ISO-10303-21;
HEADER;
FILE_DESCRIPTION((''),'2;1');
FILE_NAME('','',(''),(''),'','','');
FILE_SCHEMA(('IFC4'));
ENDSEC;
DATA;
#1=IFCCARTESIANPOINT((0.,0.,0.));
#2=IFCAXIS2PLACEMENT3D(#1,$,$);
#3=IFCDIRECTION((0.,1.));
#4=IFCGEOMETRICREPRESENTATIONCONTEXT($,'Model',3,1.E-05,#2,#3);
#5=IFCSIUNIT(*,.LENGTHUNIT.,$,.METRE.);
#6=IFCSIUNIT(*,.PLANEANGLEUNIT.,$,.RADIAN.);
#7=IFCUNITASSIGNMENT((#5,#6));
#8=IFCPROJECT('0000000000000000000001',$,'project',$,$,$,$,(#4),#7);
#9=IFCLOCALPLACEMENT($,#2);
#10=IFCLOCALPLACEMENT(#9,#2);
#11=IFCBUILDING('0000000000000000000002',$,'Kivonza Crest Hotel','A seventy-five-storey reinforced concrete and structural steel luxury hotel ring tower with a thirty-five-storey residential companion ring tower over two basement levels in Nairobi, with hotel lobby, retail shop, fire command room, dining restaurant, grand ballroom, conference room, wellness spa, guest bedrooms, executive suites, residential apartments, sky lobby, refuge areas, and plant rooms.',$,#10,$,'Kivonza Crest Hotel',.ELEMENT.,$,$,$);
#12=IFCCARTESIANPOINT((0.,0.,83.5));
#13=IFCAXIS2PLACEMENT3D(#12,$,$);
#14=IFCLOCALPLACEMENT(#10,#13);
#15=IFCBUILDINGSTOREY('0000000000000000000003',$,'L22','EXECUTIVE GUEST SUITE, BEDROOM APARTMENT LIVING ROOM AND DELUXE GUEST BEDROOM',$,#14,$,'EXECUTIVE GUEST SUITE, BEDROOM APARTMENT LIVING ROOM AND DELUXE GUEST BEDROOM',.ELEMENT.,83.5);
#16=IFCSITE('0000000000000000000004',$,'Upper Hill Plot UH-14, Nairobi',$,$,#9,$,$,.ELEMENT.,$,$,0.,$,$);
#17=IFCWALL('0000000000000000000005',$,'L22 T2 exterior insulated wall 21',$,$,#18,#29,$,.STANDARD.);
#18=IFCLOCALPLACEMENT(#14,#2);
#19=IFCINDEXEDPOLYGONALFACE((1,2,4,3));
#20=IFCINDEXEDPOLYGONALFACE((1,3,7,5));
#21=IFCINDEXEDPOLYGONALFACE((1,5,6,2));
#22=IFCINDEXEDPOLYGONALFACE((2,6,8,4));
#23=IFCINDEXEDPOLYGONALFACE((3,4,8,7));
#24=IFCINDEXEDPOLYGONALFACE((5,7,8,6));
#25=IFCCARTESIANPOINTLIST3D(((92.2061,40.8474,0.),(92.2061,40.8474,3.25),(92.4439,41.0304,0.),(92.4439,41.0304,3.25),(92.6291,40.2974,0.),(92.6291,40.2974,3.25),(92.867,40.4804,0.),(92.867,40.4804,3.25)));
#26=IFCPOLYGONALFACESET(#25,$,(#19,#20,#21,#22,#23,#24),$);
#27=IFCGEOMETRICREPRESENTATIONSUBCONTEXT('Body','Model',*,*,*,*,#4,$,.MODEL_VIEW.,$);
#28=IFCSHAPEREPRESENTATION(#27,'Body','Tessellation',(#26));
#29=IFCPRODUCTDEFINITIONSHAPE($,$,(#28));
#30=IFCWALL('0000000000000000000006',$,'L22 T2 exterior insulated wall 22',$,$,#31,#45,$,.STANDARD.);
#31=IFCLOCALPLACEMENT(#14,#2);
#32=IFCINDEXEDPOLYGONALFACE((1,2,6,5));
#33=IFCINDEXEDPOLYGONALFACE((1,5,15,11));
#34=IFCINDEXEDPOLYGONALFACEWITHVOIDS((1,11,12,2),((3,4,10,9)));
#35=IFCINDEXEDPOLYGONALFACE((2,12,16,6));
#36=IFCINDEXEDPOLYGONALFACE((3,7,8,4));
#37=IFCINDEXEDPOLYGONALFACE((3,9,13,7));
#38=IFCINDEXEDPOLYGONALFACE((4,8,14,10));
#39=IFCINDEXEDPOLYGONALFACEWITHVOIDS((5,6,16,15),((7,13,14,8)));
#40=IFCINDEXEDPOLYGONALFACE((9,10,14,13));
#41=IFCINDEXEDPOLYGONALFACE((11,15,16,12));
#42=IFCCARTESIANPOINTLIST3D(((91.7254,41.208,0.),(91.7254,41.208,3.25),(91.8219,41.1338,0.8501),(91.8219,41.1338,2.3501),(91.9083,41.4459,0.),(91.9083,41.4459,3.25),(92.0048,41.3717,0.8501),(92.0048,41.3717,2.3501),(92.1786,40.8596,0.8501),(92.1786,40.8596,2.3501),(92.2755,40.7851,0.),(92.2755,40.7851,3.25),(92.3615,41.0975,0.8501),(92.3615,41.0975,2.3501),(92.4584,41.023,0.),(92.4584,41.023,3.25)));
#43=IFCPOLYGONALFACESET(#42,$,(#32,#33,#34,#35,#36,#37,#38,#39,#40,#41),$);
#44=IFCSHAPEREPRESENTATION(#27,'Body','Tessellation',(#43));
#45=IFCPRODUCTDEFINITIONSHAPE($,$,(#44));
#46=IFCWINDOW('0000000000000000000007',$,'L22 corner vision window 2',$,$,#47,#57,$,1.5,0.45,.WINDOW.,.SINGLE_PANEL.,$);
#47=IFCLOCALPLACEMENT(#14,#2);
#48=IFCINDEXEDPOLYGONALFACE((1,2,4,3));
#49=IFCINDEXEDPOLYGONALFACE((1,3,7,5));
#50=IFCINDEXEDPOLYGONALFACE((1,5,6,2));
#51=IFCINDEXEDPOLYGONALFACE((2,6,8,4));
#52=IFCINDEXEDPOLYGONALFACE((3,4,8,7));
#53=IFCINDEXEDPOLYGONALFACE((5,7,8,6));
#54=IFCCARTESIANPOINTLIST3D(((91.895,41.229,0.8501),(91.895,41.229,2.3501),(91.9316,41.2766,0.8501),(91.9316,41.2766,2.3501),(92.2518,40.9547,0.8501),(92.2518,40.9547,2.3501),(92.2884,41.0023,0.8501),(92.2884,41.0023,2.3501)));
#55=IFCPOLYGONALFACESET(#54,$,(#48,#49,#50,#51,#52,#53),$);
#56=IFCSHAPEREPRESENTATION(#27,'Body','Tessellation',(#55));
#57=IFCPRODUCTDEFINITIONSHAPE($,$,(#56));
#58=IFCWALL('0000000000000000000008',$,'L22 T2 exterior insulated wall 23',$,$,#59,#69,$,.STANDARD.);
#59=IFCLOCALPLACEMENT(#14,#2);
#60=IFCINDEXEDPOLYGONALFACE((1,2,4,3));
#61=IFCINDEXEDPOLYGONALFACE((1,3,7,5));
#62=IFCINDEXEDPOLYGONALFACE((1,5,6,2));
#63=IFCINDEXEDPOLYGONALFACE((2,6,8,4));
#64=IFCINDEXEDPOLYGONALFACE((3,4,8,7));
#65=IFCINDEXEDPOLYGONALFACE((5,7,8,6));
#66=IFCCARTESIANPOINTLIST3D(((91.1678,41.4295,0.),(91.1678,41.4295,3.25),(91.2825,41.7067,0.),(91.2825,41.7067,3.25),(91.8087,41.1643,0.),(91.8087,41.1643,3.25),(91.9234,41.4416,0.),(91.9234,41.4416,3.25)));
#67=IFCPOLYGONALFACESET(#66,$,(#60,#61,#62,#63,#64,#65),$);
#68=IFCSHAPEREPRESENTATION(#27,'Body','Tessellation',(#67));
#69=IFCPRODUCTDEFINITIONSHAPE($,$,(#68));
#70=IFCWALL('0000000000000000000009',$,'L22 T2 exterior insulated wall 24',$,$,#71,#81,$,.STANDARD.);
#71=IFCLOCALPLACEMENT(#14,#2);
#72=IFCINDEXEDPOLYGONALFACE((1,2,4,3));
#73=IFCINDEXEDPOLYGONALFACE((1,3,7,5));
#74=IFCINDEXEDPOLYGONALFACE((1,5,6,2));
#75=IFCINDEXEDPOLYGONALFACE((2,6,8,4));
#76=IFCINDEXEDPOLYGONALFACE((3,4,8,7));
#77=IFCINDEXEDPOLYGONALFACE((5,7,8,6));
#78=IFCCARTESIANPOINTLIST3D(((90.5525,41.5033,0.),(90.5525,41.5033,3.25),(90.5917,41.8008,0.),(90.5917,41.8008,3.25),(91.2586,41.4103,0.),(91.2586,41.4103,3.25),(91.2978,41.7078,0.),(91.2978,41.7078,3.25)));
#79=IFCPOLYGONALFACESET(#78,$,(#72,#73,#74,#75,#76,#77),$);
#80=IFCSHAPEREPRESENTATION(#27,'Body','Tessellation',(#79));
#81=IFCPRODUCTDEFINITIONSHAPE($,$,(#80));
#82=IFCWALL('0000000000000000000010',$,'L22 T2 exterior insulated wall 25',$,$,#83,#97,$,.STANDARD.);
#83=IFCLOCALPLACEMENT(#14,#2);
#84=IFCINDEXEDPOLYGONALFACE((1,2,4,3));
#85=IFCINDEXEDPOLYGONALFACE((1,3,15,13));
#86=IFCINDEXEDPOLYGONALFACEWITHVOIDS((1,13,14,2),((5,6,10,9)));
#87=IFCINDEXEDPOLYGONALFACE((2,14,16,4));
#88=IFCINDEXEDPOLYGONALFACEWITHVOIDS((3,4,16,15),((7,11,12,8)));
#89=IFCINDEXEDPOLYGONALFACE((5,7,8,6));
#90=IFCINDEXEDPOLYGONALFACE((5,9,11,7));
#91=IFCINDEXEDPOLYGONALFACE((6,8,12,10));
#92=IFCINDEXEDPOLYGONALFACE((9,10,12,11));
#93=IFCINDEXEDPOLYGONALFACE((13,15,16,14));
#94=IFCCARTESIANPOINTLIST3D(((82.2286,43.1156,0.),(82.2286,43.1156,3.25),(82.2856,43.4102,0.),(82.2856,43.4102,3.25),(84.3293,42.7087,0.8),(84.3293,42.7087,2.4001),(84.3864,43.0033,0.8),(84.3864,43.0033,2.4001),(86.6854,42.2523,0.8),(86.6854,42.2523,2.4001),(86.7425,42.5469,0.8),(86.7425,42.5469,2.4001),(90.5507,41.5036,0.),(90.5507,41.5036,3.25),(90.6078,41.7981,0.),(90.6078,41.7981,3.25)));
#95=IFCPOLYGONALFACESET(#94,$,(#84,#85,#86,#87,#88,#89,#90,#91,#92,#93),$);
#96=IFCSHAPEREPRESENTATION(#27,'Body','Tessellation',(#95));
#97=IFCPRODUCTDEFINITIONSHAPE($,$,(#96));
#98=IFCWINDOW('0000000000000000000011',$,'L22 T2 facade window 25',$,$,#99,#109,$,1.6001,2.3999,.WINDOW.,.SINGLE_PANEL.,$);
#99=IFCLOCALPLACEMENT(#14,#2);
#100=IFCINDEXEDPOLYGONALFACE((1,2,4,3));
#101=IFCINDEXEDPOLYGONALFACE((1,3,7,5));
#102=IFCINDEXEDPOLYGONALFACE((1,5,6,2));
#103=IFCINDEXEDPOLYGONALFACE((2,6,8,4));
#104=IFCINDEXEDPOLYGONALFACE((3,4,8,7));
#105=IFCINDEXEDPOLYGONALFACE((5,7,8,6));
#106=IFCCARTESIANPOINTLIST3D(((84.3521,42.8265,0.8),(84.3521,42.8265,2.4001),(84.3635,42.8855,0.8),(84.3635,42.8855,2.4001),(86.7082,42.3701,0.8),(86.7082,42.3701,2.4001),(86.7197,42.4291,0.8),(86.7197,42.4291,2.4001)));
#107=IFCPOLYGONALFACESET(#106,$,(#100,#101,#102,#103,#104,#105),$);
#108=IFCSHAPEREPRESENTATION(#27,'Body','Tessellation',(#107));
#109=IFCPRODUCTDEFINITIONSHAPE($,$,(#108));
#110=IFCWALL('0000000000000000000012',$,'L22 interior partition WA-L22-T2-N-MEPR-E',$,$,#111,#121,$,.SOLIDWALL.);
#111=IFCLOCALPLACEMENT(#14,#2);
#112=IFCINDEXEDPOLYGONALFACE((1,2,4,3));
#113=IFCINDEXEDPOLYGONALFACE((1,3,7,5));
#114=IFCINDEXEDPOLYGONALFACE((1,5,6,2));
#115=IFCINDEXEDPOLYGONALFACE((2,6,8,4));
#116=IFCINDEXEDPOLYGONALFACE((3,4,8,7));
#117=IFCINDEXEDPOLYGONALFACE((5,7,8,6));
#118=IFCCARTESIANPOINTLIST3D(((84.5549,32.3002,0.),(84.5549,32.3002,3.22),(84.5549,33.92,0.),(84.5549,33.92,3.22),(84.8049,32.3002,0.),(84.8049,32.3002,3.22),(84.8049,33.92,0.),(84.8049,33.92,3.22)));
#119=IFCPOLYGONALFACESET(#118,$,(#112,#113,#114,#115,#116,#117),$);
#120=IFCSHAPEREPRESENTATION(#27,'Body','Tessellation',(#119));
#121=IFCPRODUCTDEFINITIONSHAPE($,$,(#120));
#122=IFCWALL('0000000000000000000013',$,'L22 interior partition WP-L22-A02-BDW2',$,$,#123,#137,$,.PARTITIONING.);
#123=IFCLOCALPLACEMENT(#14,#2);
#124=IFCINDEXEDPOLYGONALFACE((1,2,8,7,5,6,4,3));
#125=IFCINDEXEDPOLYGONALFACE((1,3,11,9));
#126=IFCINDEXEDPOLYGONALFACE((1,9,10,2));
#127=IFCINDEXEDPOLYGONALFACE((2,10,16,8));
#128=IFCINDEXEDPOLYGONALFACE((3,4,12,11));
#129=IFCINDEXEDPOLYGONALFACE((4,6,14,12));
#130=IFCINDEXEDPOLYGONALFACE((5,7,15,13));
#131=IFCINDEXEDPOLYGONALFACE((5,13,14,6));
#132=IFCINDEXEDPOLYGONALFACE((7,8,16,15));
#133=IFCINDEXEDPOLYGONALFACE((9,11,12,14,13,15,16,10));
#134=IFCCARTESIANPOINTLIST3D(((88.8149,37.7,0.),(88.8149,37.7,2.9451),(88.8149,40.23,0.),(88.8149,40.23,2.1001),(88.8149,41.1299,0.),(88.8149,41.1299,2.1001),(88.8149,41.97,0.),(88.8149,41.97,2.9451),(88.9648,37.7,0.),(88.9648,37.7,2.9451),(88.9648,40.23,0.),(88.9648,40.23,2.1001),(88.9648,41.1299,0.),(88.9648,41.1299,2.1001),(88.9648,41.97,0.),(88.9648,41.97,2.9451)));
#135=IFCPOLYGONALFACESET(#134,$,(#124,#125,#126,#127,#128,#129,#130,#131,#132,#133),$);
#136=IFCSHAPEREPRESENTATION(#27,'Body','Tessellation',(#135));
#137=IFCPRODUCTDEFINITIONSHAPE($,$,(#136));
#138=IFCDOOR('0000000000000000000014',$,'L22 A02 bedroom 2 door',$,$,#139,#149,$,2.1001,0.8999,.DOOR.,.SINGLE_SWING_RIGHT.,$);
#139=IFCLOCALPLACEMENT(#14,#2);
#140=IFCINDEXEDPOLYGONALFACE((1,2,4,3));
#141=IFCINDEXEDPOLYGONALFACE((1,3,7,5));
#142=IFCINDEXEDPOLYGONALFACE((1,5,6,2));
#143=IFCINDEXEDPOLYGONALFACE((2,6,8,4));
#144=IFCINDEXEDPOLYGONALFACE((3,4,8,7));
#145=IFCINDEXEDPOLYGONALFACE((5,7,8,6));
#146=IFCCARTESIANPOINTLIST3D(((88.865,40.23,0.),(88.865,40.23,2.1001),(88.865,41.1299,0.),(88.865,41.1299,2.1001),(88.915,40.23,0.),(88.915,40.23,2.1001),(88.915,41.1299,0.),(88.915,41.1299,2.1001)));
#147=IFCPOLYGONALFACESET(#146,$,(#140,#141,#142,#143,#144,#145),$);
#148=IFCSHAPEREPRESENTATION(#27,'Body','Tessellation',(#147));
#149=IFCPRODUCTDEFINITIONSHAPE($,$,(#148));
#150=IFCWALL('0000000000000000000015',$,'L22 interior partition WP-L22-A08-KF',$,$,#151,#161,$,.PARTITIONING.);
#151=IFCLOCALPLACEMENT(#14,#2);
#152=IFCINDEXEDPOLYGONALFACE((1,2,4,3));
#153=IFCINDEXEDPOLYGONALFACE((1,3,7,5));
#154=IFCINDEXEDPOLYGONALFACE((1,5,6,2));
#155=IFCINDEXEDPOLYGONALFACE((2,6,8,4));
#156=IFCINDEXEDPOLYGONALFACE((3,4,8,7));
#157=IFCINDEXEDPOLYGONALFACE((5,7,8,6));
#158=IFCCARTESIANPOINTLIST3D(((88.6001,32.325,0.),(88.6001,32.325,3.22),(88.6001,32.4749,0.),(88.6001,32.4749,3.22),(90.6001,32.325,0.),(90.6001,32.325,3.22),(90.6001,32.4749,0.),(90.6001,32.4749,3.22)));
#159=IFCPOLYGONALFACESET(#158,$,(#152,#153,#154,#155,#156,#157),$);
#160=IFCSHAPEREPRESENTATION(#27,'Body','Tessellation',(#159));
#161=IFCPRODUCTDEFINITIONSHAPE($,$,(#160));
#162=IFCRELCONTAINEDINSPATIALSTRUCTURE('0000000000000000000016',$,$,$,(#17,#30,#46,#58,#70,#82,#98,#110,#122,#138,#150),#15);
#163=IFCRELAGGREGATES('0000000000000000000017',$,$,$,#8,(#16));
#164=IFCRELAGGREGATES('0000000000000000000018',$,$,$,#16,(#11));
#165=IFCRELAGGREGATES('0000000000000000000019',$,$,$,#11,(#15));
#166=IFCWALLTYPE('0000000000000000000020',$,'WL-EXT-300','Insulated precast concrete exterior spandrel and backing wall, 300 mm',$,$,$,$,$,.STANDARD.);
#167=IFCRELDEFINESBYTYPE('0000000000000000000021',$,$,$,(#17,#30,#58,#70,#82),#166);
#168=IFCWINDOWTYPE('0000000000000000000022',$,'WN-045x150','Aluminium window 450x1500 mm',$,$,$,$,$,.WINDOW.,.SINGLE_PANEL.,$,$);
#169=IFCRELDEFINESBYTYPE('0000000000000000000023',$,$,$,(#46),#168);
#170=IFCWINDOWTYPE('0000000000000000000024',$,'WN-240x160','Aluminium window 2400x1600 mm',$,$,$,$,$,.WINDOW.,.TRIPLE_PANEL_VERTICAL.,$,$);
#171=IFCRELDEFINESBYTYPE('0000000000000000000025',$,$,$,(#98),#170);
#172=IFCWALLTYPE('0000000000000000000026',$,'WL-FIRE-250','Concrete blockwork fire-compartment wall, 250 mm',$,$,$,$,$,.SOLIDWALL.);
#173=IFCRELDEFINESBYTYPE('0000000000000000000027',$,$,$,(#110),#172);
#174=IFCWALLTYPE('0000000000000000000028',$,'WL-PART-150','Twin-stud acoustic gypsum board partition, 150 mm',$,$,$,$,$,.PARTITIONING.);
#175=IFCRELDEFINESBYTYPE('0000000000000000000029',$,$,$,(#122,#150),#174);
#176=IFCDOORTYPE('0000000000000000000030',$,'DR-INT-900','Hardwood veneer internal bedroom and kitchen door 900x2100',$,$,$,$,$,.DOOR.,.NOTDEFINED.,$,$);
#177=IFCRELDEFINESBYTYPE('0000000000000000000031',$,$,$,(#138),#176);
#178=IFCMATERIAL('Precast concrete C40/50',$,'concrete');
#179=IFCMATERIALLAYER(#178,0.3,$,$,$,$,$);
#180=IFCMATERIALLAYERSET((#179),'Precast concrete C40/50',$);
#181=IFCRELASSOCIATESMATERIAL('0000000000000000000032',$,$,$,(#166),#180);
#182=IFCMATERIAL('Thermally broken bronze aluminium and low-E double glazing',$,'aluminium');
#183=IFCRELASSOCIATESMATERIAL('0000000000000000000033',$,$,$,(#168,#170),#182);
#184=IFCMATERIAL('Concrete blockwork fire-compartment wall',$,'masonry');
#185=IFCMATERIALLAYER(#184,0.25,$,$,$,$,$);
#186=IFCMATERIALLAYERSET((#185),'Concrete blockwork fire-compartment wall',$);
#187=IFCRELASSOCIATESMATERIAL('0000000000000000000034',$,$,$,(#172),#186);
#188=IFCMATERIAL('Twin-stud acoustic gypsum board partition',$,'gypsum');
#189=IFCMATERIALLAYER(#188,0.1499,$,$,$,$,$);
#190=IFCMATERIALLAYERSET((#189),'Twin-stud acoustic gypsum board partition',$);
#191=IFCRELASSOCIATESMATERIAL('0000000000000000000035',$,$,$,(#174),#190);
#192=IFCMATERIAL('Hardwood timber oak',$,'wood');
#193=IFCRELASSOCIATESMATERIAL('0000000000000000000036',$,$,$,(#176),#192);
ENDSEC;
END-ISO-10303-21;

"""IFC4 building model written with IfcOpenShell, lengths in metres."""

from ifc_helpers import new_model, si_unit, direction, frame, frame_2d, origin, place, context, subcontext, project, spatial, rectangle, extrude, material, layer, layer_set, type_object, element, fill, save


model = new_model("IFC4")

# Units and contexts
model_context = context("Model", 3, precision=1e-05, world=origin(), true_north=direction((0.0, 1.0)))
body_context = subcontext(model_context, "Body", "Model", "MODEL_VIEW")
ifc_project = project(units=[si_unit("LENGTHUNIT", "METRE"), si_unit("PLANEANGLEUNIT", "RADIAN")], contexts=[model_context])

# Site, building, storey
site_placement = place(None, origin())
site = spatial("IfcSite", under=ifc_project, at=site_placement, Name="Upper Hill Plot UH-14, Nairobi", CompositionType="ELEMENT", RefElevation=0.0)
building_placement = place(site_placement, origin())
building = spatial("IfcBuilding", under=site, at=building_placement, Name="Kivonza Crest Hotel", Description="A seventy-five-storey reinforced concrete and structural steel luxury hotel ring tower with a thirty-five-storey residential companion ring tower over two basement levels in Nairobi, with hotel lobby, retail shop, fire command room, dining restaurant, grand ballroom, conference room, wellness spa, guest bedrooms, executive suites, residential apartments, sky lobby, refuge areas, and plant rooms.", LongName="Kivonza Crest Hotel", CompositionType="ELEMENT")
storey_placement = place(building_placement, frame((0.0, 0.0, 83.5)))
storey = spatial("IfcBuildingStorey", under=building, at=storey_placement, Name="L22", Description="EXECUTIVE GUEST SUITE, BEDROOM APARTMENT LIVING ROOM AND DELUXE GUEST BEDROOM", LongName="EXECUTIVE GUEST SUITE, BEDROOM APARTMENT LIVING ROOM AND DELUXE GUEST BEDROOM", CompositionType="ELEMENT", Elevation=83.5)

# Shared definitions
ifc_material_1 = material(Name="Hardwood timber oak", Category="wood")

# Wall
ifc_material_2 = material(Name="Precast concrete C40/50", Category="concrete")
ifc_layer_1 = layer(ifc_material_2, 0.3)
ifc_layer_set_1 = layer_set([ifc_layer_1], Name="Precast concrete C40/50")
wall_type_1 = type_object("IfcWallType", Name="WL-EXT-300", Description="Insulated precast concrete exterior spandrel and backing wall, 300 mm", PredefinedType="STANDARD", material=ifc_layer_set_1)
wall_1_placement = place(storey_placement, frame((92.748, 40.3889, 0.0), z_axis=(0.0, 0.0, 1.0), x_axis=(-0.609694, 0.792637, 0.0)))
element("IfcWall", 1, at=wall_1_placement, inside=storey, type_object=wall_type_1, Name="L22 T2 exterior insulated wall 21", PredefinedType="STANDARD", context=body_context, shape_type="SweptSolid", body=[
    extrude(rectangle(XDim=0.6938, YDim=0.3, at=frame_2d((0.3469, 0.0))), origin(), (0.0, 0.0, 1.0), 3.25),
])

# Wall, opening, window
wall_2_placement = place(storey_placement, frame((92.3669, 40.9041, 0.0), z_axis=(0.0, 0.0, 1.0), x_axis=(-0.792807, 0.609473, 0.0)))
wall_2 = element("IfcWall", 2, at=wall_2_placement, inside=storey, type_object=wall_type_1, Name="L22 T2 exterior insulated wall 22", PredefinedType="STANDARD", context=body_context, shape_type="SweptSolid", body=[
    extrude(rectangle(XDim=0.6938, YDim=0.3, at=frame_2d((0.3469, 0.0))), origin(), (0.0, 0.0, 1.0), 3.25),
])
opening_1_placement = place(wall_2_placement, frame((0.1221, 0.0, 0.8501)))
opening_1 = element("IfcOpeningElement", 3, at=opening_1_placement, cuts=wall_2, PredefinedType="OPENING", context=body_context, shape_type="SweptSolid", body=[
    extrude(rectangle(XDim=0.45, YDim=1.5, at=frame_2d((0.2251, 0.75))), frame((0.0, 0.1602, 0.0), z_axis=(0.0, -1.0, 0.0), x_axis=(1.0, 0.0, 0.0)), (0.0, 0.0, 1.0), 0.3201),
])
ifc_material_3 = material(Name="Thermally broken bronze aluminium and low-E double glazing", Category="aluminium")
window_type_1 = type_object("IfcWindowType", Name="WN-045x150", Description="Aluminium window 450x1500 mm", PartitioningType="SINGLE_PANEL", PredefinedType="WINDOW", material=ifc_material_3)
window_1_placement = place(opening_1_placement, origin())
window_1 = element("IfcWindow", 4, at=window_1_placement, inside=storey, type_object=window_type_1, Name="L22 corner vision window 2", OverallHeight=1.5, OverallWidth=0.45, PartitioningType="SINGLE_PANEL", PredefinedType="WINDOW", context=body_context, shape_type="SweptSolid", body=[
    extrude(rectangle(XDim=0.45, YDim=1.5, at=frame_2d((0.2251, 0.75))), frame((0.0, 0.03, 0.0), z_axis=(0.0, -1.0, 0.0), x_axis=(1.0, 0.0, 0.0)), (0.0, 0.0, 1.0), 0.0601),
])
fill(opening_1, window_1)

# Walls
wall_3_placement = place(storey_placement, frame((91.866, 41.303, 0.0), z_axis=(0.0, 0.0, 1.0), x_axis=(-0.924043, 0.38229, 0.0)))
element("IfcWall", 5, at=wall_3_placement, inside=storey, type_object=wall_type_1, Name="L22 T2 exterior insulated wall 23", PredefinedType="STANDARD", context=body_context, shape_type="SweptSolid", body=[
    extrude(rectangle(XDim=0.6936, YDim=0.3, at=frame_2d((0.3467, 0.0))), origin(), (0.0, 0.0, 1.0), 3.25),
])
wall_4_placement = place(storey_placement, frame((91.2781, 41.5591, 0.0), z_axis=(0.0, 0.0, 1.0), x_axis=(-0.991433, 0.130614, 0.0)))
element("IfcWall", 6, at=wall_4_placement, inside=storey, type_object=wall_type_1, Name="L22 T2 exterior insulated wall 24", PredefinedType="STANDARD", context=body_context, shape_type="SweptSolid", body=[
    extrude(rectangle(XDim=0.7122, YDim=0.3, at=frame_2d((0.356, 0.0))), origin(), (0.0, 0.0, 1.0), 3.25),
])

# Wall, opening, window
wall_5_placement = place(storey_placement, frame((90.5791, 41.6509, 0.0), z_axis=(0.0, 0.0, 1.0), x_axis=(-0.98175, 0.190175, 0.0)))
wall_5 = element("IfcWall", 7, at=wall_5_placement, inside=storey, type_object=wall_type_1, Name="L22 T2 exterior insulated wall 25", PredefinedType="STANDARD", context=body_context, shape_type="SweptSolid", body=[
    extrude(rectangle(XDim=8.4768, YDim=0.3, at=frame_2d((4.2383, 0.0))), origin(), (0.0, 0.0, 1.0), 3.25),
])
opening_2_placement = place(wall_5_placement, frame((3.937, 0.0, 0.8)))
opening_2 = element("IfcOpeningElement", 8, at=opening_2_placement, cuts=wall_5, PredefinedType="OPENING", context=body_context, shape_type="SweptSolid", body=[
    extrude(rectangle(XDim=2.3999, YDim=1.6001, at=frame_2d((1.2, 0.8))), frame((0.0, 0.1602, 0.0), z_axis=(0.0, -1.0, 0.0), x_axis=(1.0, 0.0, 0.0)), (0.0, 0.0, 1.0), 0.3201),
])
window_type_2 = type_object("IfcWindowType", Name="WN-240x160", Description="Aluminium window 2400x1600 mm", PartitioningType="TRIPLE_PANEL_VERTICAL", PredefinedType="WINDOW", material=ifc_material_3)
window_2_placement = place(opening_2_placement, origin())
window_2 = element("IfcWindow", 9, at=window_2_placement, inside=storey, type_object=window_type_2, Name="L22 T2 facade window 25", OverallHeight=1.6001, OverallWidth=2.3999, PartitioningType="SINGLE_PANEL", PredefinedType="WINDOW", context=body_context, shape_type="SweptSolid", body=[
    extrude(rectangle(XDim=2.3999, YDim=1.6001, at=frame_2d((1.2, 0.8))), frame((0.0, 0.03, 0.0), z_axis=(0.0, -1.0, 0.0), x_axis=(1.0, 0.0, 0.0)), (0.0, 0.0, 1.0), 0.0601),
])
fill(opening_2, window_2)

# Wall
ifc_material_4 = material(Name="Concrete blockwork fire-compartment wall", Category="masonry")
ifc_layer_2 = layer(ifc_material_4, 0.25)
ifc_layer_set_2 = layer_set([ifc_layer_2], Name="Concrete blockwork fire-compartment wall")
wall_type_2 = type_object("IfcWallType", Name="WL-FIRE-250", Description="Concrete blockwork fire-compartment wall, 250 mm", PredefinedType="SOLIDWALL", material=ifc_layer_set_2)
wall_6_placement = place(storey_placement, frame((84.6799, 32.3, 0.0), z_axis=(0.0, 0.0, 1.0), x_axis=(0.0, 1.0, 0.0)))
element("IfcWall", 10, at=wall_6_placement, inside=storey, type_object=wall_type_2, Name="L22 interior partition WA-L22-T2-N-MEPR-E", PredefinedType="SOLIDWALL", context=body_context, shape_type="SweptSolid", body=[
    extrude(rectangle(XDim=1.6199, YDim=0.25, at=frame_2d((0.8101, 0.0))), origin(), (0.0, 0.0, 1.0), 3.22),
])

# Wall, opening, door
ifc_material_5 = material(Name="Twin-stud acoustic gypsum board partition", Category="gypsum")
ifc_layer_3 = layer(ifc_material_5, 0.1499)
ifc_layer_set_3 = layer_set([ifc_layer_3], Name="Twin-stud acoustic gypsum board partition")
wall_type_3 = type_object("IfcWallType", Name="WL-PART-150", Description="Twin-stud acoustic gypsum board partition, 150 mm", PredefinedType="PARTITIONING", material=ifc_layer_set_3)
wall_7_placement = place(storey_placement, frame((88.8899, 37.7, 0.0), z_axis=(0.0, 0.0, 1.0), x_axis=(0.0, 1.0, 0.0)))
wall_7 = element("IfcWall", 11, at=wall_7_placement, inside=storey, type_object=wall_type_3, Name="L22 interior partition WP-L22-A02-BDW2", PredefinedType="PARTITIONING", context=body_context, shape_type="SweptSolid", body=[
    extrude(rectangle(XDim=4.27, YDim=0.1499, at=frame_2d((2.135, 0.0))), origin(), (0.0, 0.0, 1.0), 2.9451),
])
opening_3_placement = place(wall_7_placement, frame((2.53, 0.0, 0.0)))
opening_3 = element("IfcOpeningElement", 12, at=opening_3_placement, cuts=wall_7, PredefinedType="OPENING", context=body_context, shape_type="SweptSolid", body=[
    extrude(rectangle(XDim=0.8999, YDim=2.1001, at=frame_2d((0.45, 1.05))), frame((0.0, 0.085, 0.0), z_axis=(0.0, -1.0, 0.0), x_axis=(1.0, 0.0, 0.0)), (0.0, 0.0, 1.0), 0.1699),
])
door_type_1 = type_object("IfcDoorType", Name="DR-INT-900", Description="Hardwood veneer internal bedroom and kitchen door 900x2100", OperationType="NOTDEFINED", PredefinedType="DOOR", material=ifc_material_1)
door_1_placement = place(opening_3_placement, origin())
door_1 = element("IfcDoor", 13, at=door_1_placement, inside=storey, type_object=door_type_1, Name="L22 A02 bedroom 2 door", OperationType="SINGLE_SWING_RIGHT", OverallHeight=2.1001, OverallWidth=0.8999, PredefinedType="DOOR", context=body_context, shape_type="SweptSolid", body=[
    extrude(rectangle(XDim=0.8999, YDim=2.1001, at=frame_2d((0.45, 1.05))), frame((0.0, 0.0249, 0.0), z_axis=(0.0, -1.0, 0.0), x_axis=(1.0, 0.0, 0.0)), (0.0, 0.0, 1.0), 0.05),
])
fill(opening_3, door_1)

# Wall
wall_8_placement = place(storey_placement, frame((88.6001, 32.3999, 0.0), z_axis=(0.0, 0.0, 1.0), x_axis=(1.0, 0.0, 0.0)))
element("IfcWall", 14, at=wall_8_placement, inside=storey, type_object=wall_type_3, Name="L22 interior partition WP-L22-A08-KF", PredefinedType="PARTITIONING", context=body_context, shape_type="SweptSolid", body=[
    extrude(rectangle(XDim=2.0, YDim=0.1499, at=frame_2d((1.0, 0.0))), origin(), (0.0, 0.0, 1.0), 3.22),
])

save(model, "model.ifc")
